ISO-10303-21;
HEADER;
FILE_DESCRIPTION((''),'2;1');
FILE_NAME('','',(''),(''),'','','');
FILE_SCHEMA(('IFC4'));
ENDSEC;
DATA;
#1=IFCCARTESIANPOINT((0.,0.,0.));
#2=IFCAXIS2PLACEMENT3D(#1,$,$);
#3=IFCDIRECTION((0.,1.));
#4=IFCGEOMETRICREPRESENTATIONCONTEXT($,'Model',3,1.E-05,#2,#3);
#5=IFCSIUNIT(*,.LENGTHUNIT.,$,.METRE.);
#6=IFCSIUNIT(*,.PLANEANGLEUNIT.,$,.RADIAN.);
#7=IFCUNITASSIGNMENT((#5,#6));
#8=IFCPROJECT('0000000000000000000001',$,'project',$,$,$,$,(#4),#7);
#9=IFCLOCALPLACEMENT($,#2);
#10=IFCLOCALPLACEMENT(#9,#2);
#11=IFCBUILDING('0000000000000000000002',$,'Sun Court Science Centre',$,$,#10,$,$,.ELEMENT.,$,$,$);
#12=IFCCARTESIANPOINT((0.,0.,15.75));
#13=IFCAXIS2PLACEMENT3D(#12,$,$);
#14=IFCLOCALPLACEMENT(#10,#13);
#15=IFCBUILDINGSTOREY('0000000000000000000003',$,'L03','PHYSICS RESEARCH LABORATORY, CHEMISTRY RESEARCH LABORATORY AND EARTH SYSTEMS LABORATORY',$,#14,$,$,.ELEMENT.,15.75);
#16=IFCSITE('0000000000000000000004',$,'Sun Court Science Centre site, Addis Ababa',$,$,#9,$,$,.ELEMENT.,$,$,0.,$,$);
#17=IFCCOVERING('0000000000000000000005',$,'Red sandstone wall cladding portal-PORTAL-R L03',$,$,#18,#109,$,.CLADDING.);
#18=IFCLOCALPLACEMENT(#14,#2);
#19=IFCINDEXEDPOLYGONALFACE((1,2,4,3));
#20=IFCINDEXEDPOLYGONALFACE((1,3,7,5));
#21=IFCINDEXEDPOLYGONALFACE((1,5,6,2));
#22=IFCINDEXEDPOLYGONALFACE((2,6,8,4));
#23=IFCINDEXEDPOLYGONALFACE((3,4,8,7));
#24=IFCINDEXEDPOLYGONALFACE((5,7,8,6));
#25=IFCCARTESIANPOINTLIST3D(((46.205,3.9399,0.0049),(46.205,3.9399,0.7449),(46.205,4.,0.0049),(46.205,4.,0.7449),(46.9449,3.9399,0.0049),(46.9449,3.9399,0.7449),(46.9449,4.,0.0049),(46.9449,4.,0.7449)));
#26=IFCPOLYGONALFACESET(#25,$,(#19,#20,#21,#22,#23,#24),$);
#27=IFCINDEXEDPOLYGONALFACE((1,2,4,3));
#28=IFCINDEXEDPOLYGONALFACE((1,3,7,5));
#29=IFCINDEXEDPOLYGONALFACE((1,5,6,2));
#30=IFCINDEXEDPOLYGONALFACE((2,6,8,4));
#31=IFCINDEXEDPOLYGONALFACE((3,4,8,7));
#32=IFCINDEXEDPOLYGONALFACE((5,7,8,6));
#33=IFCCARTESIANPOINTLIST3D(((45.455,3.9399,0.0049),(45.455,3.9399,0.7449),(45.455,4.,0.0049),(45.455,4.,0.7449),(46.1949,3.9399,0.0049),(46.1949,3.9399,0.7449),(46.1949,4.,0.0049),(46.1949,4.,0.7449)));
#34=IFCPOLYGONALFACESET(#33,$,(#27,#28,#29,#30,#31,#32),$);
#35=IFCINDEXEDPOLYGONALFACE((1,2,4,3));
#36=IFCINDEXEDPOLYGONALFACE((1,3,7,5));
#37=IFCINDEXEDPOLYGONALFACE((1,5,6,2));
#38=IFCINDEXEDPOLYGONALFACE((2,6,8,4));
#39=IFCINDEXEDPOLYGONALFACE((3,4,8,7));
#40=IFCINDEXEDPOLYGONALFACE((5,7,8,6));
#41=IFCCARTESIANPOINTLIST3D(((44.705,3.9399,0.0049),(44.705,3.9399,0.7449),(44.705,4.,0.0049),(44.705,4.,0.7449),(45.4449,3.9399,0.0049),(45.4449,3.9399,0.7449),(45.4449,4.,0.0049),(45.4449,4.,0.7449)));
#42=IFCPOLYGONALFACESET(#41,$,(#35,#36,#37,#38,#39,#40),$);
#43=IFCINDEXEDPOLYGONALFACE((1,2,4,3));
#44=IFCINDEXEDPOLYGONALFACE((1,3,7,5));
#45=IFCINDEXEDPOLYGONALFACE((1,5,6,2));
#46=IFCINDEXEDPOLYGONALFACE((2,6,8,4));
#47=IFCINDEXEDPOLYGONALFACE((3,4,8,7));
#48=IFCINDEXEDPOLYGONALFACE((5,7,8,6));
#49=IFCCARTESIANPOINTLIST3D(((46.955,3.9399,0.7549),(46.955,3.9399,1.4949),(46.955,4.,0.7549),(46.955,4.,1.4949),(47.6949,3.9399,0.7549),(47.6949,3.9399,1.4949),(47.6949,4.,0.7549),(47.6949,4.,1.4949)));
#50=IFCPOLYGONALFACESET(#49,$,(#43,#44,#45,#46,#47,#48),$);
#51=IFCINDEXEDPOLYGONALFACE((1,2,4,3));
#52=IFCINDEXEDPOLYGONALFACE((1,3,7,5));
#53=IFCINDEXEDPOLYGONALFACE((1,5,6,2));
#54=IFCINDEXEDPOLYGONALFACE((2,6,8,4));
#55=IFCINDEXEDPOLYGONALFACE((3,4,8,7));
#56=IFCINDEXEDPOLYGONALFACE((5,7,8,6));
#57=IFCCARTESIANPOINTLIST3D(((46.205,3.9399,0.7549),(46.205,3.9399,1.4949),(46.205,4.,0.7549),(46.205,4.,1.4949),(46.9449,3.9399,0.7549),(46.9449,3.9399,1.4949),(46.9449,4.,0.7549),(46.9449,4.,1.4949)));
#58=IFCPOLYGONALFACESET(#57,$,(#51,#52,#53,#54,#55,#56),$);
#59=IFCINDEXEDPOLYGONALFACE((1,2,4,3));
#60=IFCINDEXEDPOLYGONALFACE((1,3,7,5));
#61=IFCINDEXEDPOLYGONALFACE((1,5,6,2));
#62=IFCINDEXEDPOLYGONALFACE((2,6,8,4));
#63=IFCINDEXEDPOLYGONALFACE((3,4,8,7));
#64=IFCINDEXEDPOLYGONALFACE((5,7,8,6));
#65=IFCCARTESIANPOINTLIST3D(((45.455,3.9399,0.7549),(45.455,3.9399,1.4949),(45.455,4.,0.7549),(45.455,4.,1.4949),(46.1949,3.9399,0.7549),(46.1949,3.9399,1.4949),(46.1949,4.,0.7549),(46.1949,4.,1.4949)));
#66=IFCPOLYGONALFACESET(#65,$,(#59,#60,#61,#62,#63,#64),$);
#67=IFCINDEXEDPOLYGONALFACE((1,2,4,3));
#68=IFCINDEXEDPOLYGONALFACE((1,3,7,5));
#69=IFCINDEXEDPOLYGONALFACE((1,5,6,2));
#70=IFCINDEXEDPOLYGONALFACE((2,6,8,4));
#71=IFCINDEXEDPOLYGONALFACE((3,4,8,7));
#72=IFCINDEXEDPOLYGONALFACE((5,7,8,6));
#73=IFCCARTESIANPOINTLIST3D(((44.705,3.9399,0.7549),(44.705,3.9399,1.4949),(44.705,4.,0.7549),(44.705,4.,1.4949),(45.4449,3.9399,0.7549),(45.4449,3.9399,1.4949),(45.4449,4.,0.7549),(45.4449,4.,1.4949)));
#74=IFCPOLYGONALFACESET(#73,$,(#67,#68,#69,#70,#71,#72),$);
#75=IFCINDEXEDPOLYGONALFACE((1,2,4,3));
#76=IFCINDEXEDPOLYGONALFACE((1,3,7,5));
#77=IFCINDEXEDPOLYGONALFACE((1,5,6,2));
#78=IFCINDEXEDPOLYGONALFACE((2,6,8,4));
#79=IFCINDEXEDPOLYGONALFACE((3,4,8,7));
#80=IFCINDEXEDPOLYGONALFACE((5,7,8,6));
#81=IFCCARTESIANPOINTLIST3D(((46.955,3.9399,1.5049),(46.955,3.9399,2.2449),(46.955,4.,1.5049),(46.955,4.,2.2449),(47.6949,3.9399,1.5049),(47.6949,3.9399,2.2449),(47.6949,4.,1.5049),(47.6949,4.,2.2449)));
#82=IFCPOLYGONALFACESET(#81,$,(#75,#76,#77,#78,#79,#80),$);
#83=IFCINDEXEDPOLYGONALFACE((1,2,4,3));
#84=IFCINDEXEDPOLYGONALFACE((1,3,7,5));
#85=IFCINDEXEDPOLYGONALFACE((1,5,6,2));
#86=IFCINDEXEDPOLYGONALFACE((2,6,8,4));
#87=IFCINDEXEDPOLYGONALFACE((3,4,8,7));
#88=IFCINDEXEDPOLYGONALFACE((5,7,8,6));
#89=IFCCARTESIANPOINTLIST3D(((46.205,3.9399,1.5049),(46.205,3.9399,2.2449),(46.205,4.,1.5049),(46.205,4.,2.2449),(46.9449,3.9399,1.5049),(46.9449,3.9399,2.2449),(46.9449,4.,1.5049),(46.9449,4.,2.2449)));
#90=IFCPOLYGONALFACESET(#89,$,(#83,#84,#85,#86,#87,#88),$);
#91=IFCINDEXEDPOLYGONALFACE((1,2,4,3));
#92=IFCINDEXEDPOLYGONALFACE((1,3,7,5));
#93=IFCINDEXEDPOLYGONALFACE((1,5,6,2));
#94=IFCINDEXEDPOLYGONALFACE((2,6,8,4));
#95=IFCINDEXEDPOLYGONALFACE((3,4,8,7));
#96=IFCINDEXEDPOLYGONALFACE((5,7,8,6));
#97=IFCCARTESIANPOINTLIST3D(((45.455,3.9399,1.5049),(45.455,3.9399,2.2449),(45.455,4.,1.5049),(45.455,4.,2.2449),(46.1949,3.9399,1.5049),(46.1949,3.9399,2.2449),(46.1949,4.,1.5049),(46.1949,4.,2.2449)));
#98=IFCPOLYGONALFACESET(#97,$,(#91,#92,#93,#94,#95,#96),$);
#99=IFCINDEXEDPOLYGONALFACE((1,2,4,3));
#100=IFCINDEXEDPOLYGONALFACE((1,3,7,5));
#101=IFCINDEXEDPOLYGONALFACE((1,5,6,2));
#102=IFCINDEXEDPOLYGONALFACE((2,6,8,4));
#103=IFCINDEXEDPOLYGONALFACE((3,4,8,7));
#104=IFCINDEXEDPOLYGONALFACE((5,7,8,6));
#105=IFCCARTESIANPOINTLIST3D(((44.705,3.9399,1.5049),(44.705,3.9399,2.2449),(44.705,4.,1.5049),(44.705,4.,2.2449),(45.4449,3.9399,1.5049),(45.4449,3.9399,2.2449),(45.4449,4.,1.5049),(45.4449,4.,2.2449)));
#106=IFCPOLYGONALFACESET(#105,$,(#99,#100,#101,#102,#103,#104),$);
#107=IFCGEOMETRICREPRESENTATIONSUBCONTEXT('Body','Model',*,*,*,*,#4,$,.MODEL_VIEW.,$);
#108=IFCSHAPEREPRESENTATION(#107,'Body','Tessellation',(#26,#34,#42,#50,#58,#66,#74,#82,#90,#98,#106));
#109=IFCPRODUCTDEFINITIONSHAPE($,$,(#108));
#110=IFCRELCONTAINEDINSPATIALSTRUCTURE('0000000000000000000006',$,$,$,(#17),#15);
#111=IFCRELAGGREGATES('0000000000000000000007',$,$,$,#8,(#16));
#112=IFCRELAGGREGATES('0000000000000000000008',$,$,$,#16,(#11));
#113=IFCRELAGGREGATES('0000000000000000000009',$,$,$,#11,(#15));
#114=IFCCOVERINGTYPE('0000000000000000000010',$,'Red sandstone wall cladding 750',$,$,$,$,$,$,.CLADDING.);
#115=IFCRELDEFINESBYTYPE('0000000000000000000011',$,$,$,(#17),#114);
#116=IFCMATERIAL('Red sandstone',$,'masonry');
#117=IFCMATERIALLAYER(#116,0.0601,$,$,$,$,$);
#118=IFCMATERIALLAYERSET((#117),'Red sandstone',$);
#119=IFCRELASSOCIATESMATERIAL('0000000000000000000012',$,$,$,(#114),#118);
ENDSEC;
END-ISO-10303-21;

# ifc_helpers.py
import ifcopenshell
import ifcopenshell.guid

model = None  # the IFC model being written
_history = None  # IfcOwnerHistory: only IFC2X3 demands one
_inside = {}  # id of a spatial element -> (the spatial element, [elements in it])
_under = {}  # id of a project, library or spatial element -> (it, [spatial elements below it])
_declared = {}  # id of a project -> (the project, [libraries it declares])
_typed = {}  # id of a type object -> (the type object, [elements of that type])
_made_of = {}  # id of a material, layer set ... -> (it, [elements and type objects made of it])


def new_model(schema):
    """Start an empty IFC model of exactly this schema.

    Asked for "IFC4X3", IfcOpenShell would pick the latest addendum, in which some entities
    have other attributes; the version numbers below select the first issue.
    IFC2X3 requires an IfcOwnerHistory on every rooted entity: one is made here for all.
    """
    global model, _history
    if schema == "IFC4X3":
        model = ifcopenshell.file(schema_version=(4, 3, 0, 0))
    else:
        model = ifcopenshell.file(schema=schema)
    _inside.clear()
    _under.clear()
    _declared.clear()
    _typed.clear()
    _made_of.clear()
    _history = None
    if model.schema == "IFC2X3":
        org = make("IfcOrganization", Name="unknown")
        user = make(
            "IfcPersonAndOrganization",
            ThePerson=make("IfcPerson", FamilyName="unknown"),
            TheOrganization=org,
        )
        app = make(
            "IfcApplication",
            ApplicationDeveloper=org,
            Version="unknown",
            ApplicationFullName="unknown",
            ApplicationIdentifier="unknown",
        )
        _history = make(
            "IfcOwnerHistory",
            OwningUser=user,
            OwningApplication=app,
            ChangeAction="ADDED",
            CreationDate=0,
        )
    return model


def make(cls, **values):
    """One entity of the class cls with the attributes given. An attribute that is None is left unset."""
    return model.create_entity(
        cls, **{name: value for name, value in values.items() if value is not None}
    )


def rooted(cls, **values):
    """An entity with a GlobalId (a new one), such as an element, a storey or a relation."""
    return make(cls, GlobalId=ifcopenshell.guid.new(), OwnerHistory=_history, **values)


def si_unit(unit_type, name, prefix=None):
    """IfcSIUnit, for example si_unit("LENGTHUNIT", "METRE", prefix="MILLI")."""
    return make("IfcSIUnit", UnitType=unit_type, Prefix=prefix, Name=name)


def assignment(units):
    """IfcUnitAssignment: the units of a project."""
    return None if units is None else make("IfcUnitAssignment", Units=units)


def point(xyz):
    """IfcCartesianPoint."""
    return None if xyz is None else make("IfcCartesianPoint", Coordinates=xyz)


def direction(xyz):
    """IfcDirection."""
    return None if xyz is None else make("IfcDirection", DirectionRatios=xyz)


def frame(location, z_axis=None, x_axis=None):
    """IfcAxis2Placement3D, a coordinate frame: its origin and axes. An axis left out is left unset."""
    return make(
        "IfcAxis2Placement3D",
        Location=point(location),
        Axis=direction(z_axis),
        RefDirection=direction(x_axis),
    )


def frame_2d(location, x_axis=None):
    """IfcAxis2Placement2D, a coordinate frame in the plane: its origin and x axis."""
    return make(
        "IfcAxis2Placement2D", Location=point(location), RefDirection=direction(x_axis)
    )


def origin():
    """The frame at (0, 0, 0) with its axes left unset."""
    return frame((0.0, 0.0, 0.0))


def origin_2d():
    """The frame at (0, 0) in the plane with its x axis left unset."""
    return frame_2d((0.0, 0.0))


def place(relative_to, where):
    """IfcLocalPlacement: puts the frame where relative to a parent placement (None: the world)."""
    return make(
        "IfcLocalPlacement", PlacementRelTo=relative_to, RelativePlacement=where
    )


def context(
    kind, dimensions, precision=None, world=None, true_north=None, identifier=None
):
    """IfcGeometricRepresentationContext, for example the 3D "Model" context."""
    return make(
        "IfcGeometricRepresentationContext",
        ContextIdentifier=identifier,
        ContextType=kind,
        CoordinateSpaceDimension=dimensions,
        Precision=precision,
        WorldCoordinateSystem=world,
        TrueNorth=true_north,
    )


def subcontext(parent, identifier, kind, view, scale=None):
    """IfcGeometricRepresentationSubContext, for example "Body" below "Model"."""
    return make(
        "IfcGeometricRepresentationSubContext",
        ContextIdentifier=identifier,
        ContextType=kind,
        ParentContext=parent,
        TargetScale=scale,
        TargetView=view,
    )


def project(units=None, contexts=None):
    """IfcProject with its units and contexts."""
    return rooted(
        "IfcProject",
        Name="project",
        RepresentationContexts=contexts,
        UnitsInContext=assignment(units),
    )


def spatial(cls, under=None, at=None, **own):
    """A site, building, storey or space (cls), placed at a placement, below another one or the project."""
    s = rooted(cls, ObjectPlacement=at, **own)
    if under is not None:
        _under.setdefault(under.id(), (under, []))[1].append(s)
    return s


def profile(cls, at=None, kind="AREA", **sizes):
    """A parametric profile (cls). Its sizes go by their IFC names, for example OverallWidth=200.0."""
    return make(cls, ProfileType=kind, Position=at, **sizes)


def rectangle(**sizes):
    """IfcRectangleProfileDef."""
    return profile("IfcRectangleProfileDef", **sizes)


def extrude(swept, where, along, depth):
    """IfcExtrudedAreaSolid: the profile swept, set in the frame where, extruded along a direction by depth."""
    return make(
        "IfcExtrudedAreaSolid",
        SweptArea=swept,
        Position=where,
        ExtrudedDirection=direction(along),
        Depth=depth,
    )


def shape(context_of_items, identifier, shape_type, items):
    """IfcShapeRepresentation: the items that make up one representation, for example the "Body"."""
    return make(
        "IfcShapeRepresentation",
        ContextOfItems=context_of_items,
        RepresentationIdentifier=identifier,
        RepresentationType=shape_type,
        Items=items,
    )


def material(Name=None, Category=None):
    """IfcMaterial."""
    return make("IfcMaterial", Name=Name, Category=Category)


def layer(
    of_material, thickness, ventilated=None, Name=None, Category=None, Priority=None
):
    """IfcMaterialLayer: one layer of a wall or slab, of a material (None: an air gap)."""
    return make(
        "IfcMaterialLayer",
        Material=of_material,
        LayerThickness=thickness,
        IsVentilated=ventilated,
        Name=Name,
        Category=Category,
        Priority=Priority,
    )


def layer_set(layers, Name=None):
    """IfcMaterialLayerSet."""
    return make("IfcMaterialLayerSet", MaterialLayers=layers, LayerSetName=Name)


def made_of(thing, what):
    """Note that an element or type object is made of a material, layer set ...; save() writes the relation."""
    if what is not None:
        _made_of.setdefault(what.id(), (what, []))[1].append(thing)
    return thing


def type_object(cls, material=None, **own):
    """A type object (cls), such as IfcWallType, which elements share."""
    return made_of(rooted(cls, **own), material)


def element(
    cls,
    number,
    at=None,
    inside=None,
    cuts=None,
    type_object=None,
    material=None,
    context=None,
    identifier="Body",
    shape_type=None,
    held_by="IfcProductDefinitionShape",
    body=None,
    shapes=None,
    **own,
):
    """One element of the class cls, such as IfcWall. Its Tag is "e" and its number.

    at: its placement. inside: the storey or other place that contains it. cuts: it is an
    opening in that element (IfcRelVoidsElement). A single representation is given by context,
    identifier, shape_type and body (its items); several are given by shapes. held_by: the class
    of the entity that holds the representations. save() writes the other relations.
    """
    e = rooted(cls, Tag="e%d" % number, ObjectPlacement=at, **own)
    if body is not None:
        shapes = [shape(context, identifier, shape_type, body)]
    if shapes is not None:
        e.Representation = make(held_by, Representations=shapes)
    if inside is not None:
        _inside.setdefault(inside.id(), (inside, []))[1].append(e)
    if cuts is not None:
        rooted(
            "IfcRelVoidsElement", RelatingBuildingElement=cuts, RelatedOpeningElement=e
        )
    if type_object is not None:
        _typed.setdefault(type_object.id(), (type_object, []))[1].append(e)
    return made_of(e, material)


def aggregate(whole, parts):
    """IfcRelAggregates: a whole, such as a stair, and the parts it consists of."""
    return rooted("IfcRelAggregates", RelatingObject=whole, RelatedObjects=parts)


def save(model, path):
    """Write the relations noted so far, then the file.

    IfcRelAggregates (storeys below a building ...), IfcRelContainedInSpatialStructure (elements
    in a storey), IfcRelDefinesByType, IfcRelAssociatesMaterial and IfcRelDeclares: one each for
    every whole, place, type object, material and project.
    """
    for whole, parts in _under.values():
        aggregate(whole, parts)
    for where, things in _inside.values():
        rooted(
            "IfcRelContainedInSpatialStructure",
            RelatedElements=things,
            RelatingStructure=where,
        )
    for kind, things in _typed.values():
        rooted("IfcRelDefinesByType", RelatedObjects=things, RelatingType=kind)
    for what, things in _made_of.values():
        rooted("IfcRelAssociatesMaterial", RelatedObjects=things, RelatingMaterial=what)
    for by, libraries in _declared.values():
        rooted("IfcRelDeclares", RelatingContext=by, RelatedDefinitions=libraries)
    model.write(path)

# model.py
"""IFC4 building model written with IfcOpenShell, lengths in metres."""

from ifc_helpers import new_model, si_unit, direction, frame, origin, origin_2d, place, context, subcontext, project, spatial, rectangle, extrude, material, layer, layer_set, type_object, element, save


model = new_model("IFC4")

# Units and contexts
model_context = context("Model", 3, precision=1e-05, world=origin(), true_north=direction((0.0, 1.0)))
body_context = subcontext(model_context, "Body", "Model", "MODEL_VIEW")
ifc_project = project(units=[si_unit("LENGTHUNIT", "METRE"), si_unit("PLANEANGLEUNIT", "RADIAN")], contexts=[model_context])

# Site, building, storey
site_placement = place(None, origin())
site = spatial("IfcSite", under=ifc_project, at=site_placement, Name="Sun Court Science Centre site, Addis Ababa", CompositionType="ELEMENT", RefElevation=0.0)
building_placement = place(site_placement, origin())
building = spatial("IfcBuilding", under=site, at=building_placement, Name="Sun Court Science Centre", CompositionType="ELEMENT")
storey_placement = place(building_placement, frame((0.0, 0.0, 15.75)))
storey = spatial("IfcBuildingStorey", under=building, at=storey_placement, Name="L03", Description="PHYSICS RESEARCH LABORATORY, CHEMISTRY RESEARCH LABORATORY AND EARTH SYSTEMS LABORATORY", CompositionType="ELEMENT", Elevation=15.75)

# Covering
ifc_material_1 = material(Name="Red sandstone", Category="masonry")
ifc_layer_1 = layer(ifc_material_1, 0.0601)
ifc_layer_set_1 = layer_set([ifc_layer_1], Name="Red sandstone")
covering_type_1 = type_object("IfcCoveringType", Name="Red sandstone wall cladding 750", PredefinedType="CLADDING", material=ifc_layer_set_1)
covering_1_placement = place(storey_placement, frame((0.0, 0.0, -15.75)))
element("IfcCovering", 1, at=covering_1_placement, inside=storey, type_object=covering_type_1, Name="Red sandstone wall cladding portal-PORTAL-R L03", PredefinedType="CLADDING", context=body_context, shape_type="SweptSolid", body=[
    extrude(rectangle(XDim=0.74, YDim=0.0601, at=origin_2d()), frame((46.575, 3.97, 15.7549), z_axis=(0.0, 0.0, 1.0), x_axis=(-1.0, 0.0, 0.0)), (0.0, 0.0, 1.0), 0.74),
    extrude(rectangle(XDim=0.74, YDim=0.0601, at=origin_2d()), frame((45.825, 3.97, 15.7549), z_axis=(0.0, 0.0, 1.0), x_axis=(-1.0, 0.0, 0.0)), (0.0, 0.0, 1.0), 0.74),
    extrude(rectangle(XDim=0.74, YDim=0.0601, at=origin_2d()), frame((45.075, 3.97, 15.7549), z_axis=(0.0, 0.0, 1.0), x_axis=(-1.0, 0.0, 0.0)), (0.0, 0.0, 1.0), 0.74),
    extrude(rectangle(XDim=0.74, YDim=0.0601, at=origin_2d()), frame((47.325, 3.97, 16.5049), z_axis=(0.0, 0.0, 1.0), x_axis=(-1.0, 0.0, 0.0)), (0.0, 0.0, 1.0), 0.74),
    extrude(rectangle(XDim=0.74, YDim=0.0601, at=origin_2d()), frame((46.575, 3.97, 16.5049), z_axis=(0.0, 0.0, 1.0), x_axis=(-1.0, 0.0, 0.0)), (0.0, 0.0, 1.0), 0.74),
    extrude(rectangle(XDim=0.74, YDim=0.0601, at=origin_2d()), frame((45.825, 3.97, 16.5049), z_axis=(0.0, 0.0, 1.0), x_axis=(-1.0, 0.0, 0.0)), (0.0, 0.0, 1.0), 0.74),
    extrude(rectangle(XDim=0.74, YDim=0.0601, at=origin_2d()), frame((45.075, 3.97, 16.5049), z_axis=(0.0, 0.0, 1.0), x_axis=(-1.0, 0.0, 0.0)), (0.0, 0.0, 1.0), 0.74),
    extrude(rectangle(XDim=0.74, YDim=0.0601, at=origin_2d()), frame((47.325, 3.97, 17.2549), z_axis=(0.0, 0.0, 1.0), x_axis=(-1.0, 0.0, 0.0)), (0.0, 0.0, 1.0), 0.74),
    extrude(rectangle(XDim=0.74, YDim=0.0601, at=origin_2d()), frame((46.575, 3.97, 17.2549), z_axis=(0.0, 0.0, 1.0), x_axis=(-1.0, 0.0, 0.0)), (0.0, 0.0, 1.0), 0.74),
    extrude(rectangle(XDim=0.74, YDim=0.0601, at=origin_2d()), frame((45.825, 3.97, 17.2549), z_axis=(0.0, 0.0, 1.0), x_axis=(-1.0, 0.0, 0.0)), (0.0, 0.0, 1.0), 0.74),
    extrude(rectangle(XDim=0.74, YDim=0.0601, at=origin_2d()), frame((45.075, 3.97, 17.2549), z_axis=(0.0, 0.0, 1.0), x_axis=(-1.0, 0.0, 0.0)), (0.0, 0.0, 1.0), 0.74),
])

save(model, "model.ifc")
